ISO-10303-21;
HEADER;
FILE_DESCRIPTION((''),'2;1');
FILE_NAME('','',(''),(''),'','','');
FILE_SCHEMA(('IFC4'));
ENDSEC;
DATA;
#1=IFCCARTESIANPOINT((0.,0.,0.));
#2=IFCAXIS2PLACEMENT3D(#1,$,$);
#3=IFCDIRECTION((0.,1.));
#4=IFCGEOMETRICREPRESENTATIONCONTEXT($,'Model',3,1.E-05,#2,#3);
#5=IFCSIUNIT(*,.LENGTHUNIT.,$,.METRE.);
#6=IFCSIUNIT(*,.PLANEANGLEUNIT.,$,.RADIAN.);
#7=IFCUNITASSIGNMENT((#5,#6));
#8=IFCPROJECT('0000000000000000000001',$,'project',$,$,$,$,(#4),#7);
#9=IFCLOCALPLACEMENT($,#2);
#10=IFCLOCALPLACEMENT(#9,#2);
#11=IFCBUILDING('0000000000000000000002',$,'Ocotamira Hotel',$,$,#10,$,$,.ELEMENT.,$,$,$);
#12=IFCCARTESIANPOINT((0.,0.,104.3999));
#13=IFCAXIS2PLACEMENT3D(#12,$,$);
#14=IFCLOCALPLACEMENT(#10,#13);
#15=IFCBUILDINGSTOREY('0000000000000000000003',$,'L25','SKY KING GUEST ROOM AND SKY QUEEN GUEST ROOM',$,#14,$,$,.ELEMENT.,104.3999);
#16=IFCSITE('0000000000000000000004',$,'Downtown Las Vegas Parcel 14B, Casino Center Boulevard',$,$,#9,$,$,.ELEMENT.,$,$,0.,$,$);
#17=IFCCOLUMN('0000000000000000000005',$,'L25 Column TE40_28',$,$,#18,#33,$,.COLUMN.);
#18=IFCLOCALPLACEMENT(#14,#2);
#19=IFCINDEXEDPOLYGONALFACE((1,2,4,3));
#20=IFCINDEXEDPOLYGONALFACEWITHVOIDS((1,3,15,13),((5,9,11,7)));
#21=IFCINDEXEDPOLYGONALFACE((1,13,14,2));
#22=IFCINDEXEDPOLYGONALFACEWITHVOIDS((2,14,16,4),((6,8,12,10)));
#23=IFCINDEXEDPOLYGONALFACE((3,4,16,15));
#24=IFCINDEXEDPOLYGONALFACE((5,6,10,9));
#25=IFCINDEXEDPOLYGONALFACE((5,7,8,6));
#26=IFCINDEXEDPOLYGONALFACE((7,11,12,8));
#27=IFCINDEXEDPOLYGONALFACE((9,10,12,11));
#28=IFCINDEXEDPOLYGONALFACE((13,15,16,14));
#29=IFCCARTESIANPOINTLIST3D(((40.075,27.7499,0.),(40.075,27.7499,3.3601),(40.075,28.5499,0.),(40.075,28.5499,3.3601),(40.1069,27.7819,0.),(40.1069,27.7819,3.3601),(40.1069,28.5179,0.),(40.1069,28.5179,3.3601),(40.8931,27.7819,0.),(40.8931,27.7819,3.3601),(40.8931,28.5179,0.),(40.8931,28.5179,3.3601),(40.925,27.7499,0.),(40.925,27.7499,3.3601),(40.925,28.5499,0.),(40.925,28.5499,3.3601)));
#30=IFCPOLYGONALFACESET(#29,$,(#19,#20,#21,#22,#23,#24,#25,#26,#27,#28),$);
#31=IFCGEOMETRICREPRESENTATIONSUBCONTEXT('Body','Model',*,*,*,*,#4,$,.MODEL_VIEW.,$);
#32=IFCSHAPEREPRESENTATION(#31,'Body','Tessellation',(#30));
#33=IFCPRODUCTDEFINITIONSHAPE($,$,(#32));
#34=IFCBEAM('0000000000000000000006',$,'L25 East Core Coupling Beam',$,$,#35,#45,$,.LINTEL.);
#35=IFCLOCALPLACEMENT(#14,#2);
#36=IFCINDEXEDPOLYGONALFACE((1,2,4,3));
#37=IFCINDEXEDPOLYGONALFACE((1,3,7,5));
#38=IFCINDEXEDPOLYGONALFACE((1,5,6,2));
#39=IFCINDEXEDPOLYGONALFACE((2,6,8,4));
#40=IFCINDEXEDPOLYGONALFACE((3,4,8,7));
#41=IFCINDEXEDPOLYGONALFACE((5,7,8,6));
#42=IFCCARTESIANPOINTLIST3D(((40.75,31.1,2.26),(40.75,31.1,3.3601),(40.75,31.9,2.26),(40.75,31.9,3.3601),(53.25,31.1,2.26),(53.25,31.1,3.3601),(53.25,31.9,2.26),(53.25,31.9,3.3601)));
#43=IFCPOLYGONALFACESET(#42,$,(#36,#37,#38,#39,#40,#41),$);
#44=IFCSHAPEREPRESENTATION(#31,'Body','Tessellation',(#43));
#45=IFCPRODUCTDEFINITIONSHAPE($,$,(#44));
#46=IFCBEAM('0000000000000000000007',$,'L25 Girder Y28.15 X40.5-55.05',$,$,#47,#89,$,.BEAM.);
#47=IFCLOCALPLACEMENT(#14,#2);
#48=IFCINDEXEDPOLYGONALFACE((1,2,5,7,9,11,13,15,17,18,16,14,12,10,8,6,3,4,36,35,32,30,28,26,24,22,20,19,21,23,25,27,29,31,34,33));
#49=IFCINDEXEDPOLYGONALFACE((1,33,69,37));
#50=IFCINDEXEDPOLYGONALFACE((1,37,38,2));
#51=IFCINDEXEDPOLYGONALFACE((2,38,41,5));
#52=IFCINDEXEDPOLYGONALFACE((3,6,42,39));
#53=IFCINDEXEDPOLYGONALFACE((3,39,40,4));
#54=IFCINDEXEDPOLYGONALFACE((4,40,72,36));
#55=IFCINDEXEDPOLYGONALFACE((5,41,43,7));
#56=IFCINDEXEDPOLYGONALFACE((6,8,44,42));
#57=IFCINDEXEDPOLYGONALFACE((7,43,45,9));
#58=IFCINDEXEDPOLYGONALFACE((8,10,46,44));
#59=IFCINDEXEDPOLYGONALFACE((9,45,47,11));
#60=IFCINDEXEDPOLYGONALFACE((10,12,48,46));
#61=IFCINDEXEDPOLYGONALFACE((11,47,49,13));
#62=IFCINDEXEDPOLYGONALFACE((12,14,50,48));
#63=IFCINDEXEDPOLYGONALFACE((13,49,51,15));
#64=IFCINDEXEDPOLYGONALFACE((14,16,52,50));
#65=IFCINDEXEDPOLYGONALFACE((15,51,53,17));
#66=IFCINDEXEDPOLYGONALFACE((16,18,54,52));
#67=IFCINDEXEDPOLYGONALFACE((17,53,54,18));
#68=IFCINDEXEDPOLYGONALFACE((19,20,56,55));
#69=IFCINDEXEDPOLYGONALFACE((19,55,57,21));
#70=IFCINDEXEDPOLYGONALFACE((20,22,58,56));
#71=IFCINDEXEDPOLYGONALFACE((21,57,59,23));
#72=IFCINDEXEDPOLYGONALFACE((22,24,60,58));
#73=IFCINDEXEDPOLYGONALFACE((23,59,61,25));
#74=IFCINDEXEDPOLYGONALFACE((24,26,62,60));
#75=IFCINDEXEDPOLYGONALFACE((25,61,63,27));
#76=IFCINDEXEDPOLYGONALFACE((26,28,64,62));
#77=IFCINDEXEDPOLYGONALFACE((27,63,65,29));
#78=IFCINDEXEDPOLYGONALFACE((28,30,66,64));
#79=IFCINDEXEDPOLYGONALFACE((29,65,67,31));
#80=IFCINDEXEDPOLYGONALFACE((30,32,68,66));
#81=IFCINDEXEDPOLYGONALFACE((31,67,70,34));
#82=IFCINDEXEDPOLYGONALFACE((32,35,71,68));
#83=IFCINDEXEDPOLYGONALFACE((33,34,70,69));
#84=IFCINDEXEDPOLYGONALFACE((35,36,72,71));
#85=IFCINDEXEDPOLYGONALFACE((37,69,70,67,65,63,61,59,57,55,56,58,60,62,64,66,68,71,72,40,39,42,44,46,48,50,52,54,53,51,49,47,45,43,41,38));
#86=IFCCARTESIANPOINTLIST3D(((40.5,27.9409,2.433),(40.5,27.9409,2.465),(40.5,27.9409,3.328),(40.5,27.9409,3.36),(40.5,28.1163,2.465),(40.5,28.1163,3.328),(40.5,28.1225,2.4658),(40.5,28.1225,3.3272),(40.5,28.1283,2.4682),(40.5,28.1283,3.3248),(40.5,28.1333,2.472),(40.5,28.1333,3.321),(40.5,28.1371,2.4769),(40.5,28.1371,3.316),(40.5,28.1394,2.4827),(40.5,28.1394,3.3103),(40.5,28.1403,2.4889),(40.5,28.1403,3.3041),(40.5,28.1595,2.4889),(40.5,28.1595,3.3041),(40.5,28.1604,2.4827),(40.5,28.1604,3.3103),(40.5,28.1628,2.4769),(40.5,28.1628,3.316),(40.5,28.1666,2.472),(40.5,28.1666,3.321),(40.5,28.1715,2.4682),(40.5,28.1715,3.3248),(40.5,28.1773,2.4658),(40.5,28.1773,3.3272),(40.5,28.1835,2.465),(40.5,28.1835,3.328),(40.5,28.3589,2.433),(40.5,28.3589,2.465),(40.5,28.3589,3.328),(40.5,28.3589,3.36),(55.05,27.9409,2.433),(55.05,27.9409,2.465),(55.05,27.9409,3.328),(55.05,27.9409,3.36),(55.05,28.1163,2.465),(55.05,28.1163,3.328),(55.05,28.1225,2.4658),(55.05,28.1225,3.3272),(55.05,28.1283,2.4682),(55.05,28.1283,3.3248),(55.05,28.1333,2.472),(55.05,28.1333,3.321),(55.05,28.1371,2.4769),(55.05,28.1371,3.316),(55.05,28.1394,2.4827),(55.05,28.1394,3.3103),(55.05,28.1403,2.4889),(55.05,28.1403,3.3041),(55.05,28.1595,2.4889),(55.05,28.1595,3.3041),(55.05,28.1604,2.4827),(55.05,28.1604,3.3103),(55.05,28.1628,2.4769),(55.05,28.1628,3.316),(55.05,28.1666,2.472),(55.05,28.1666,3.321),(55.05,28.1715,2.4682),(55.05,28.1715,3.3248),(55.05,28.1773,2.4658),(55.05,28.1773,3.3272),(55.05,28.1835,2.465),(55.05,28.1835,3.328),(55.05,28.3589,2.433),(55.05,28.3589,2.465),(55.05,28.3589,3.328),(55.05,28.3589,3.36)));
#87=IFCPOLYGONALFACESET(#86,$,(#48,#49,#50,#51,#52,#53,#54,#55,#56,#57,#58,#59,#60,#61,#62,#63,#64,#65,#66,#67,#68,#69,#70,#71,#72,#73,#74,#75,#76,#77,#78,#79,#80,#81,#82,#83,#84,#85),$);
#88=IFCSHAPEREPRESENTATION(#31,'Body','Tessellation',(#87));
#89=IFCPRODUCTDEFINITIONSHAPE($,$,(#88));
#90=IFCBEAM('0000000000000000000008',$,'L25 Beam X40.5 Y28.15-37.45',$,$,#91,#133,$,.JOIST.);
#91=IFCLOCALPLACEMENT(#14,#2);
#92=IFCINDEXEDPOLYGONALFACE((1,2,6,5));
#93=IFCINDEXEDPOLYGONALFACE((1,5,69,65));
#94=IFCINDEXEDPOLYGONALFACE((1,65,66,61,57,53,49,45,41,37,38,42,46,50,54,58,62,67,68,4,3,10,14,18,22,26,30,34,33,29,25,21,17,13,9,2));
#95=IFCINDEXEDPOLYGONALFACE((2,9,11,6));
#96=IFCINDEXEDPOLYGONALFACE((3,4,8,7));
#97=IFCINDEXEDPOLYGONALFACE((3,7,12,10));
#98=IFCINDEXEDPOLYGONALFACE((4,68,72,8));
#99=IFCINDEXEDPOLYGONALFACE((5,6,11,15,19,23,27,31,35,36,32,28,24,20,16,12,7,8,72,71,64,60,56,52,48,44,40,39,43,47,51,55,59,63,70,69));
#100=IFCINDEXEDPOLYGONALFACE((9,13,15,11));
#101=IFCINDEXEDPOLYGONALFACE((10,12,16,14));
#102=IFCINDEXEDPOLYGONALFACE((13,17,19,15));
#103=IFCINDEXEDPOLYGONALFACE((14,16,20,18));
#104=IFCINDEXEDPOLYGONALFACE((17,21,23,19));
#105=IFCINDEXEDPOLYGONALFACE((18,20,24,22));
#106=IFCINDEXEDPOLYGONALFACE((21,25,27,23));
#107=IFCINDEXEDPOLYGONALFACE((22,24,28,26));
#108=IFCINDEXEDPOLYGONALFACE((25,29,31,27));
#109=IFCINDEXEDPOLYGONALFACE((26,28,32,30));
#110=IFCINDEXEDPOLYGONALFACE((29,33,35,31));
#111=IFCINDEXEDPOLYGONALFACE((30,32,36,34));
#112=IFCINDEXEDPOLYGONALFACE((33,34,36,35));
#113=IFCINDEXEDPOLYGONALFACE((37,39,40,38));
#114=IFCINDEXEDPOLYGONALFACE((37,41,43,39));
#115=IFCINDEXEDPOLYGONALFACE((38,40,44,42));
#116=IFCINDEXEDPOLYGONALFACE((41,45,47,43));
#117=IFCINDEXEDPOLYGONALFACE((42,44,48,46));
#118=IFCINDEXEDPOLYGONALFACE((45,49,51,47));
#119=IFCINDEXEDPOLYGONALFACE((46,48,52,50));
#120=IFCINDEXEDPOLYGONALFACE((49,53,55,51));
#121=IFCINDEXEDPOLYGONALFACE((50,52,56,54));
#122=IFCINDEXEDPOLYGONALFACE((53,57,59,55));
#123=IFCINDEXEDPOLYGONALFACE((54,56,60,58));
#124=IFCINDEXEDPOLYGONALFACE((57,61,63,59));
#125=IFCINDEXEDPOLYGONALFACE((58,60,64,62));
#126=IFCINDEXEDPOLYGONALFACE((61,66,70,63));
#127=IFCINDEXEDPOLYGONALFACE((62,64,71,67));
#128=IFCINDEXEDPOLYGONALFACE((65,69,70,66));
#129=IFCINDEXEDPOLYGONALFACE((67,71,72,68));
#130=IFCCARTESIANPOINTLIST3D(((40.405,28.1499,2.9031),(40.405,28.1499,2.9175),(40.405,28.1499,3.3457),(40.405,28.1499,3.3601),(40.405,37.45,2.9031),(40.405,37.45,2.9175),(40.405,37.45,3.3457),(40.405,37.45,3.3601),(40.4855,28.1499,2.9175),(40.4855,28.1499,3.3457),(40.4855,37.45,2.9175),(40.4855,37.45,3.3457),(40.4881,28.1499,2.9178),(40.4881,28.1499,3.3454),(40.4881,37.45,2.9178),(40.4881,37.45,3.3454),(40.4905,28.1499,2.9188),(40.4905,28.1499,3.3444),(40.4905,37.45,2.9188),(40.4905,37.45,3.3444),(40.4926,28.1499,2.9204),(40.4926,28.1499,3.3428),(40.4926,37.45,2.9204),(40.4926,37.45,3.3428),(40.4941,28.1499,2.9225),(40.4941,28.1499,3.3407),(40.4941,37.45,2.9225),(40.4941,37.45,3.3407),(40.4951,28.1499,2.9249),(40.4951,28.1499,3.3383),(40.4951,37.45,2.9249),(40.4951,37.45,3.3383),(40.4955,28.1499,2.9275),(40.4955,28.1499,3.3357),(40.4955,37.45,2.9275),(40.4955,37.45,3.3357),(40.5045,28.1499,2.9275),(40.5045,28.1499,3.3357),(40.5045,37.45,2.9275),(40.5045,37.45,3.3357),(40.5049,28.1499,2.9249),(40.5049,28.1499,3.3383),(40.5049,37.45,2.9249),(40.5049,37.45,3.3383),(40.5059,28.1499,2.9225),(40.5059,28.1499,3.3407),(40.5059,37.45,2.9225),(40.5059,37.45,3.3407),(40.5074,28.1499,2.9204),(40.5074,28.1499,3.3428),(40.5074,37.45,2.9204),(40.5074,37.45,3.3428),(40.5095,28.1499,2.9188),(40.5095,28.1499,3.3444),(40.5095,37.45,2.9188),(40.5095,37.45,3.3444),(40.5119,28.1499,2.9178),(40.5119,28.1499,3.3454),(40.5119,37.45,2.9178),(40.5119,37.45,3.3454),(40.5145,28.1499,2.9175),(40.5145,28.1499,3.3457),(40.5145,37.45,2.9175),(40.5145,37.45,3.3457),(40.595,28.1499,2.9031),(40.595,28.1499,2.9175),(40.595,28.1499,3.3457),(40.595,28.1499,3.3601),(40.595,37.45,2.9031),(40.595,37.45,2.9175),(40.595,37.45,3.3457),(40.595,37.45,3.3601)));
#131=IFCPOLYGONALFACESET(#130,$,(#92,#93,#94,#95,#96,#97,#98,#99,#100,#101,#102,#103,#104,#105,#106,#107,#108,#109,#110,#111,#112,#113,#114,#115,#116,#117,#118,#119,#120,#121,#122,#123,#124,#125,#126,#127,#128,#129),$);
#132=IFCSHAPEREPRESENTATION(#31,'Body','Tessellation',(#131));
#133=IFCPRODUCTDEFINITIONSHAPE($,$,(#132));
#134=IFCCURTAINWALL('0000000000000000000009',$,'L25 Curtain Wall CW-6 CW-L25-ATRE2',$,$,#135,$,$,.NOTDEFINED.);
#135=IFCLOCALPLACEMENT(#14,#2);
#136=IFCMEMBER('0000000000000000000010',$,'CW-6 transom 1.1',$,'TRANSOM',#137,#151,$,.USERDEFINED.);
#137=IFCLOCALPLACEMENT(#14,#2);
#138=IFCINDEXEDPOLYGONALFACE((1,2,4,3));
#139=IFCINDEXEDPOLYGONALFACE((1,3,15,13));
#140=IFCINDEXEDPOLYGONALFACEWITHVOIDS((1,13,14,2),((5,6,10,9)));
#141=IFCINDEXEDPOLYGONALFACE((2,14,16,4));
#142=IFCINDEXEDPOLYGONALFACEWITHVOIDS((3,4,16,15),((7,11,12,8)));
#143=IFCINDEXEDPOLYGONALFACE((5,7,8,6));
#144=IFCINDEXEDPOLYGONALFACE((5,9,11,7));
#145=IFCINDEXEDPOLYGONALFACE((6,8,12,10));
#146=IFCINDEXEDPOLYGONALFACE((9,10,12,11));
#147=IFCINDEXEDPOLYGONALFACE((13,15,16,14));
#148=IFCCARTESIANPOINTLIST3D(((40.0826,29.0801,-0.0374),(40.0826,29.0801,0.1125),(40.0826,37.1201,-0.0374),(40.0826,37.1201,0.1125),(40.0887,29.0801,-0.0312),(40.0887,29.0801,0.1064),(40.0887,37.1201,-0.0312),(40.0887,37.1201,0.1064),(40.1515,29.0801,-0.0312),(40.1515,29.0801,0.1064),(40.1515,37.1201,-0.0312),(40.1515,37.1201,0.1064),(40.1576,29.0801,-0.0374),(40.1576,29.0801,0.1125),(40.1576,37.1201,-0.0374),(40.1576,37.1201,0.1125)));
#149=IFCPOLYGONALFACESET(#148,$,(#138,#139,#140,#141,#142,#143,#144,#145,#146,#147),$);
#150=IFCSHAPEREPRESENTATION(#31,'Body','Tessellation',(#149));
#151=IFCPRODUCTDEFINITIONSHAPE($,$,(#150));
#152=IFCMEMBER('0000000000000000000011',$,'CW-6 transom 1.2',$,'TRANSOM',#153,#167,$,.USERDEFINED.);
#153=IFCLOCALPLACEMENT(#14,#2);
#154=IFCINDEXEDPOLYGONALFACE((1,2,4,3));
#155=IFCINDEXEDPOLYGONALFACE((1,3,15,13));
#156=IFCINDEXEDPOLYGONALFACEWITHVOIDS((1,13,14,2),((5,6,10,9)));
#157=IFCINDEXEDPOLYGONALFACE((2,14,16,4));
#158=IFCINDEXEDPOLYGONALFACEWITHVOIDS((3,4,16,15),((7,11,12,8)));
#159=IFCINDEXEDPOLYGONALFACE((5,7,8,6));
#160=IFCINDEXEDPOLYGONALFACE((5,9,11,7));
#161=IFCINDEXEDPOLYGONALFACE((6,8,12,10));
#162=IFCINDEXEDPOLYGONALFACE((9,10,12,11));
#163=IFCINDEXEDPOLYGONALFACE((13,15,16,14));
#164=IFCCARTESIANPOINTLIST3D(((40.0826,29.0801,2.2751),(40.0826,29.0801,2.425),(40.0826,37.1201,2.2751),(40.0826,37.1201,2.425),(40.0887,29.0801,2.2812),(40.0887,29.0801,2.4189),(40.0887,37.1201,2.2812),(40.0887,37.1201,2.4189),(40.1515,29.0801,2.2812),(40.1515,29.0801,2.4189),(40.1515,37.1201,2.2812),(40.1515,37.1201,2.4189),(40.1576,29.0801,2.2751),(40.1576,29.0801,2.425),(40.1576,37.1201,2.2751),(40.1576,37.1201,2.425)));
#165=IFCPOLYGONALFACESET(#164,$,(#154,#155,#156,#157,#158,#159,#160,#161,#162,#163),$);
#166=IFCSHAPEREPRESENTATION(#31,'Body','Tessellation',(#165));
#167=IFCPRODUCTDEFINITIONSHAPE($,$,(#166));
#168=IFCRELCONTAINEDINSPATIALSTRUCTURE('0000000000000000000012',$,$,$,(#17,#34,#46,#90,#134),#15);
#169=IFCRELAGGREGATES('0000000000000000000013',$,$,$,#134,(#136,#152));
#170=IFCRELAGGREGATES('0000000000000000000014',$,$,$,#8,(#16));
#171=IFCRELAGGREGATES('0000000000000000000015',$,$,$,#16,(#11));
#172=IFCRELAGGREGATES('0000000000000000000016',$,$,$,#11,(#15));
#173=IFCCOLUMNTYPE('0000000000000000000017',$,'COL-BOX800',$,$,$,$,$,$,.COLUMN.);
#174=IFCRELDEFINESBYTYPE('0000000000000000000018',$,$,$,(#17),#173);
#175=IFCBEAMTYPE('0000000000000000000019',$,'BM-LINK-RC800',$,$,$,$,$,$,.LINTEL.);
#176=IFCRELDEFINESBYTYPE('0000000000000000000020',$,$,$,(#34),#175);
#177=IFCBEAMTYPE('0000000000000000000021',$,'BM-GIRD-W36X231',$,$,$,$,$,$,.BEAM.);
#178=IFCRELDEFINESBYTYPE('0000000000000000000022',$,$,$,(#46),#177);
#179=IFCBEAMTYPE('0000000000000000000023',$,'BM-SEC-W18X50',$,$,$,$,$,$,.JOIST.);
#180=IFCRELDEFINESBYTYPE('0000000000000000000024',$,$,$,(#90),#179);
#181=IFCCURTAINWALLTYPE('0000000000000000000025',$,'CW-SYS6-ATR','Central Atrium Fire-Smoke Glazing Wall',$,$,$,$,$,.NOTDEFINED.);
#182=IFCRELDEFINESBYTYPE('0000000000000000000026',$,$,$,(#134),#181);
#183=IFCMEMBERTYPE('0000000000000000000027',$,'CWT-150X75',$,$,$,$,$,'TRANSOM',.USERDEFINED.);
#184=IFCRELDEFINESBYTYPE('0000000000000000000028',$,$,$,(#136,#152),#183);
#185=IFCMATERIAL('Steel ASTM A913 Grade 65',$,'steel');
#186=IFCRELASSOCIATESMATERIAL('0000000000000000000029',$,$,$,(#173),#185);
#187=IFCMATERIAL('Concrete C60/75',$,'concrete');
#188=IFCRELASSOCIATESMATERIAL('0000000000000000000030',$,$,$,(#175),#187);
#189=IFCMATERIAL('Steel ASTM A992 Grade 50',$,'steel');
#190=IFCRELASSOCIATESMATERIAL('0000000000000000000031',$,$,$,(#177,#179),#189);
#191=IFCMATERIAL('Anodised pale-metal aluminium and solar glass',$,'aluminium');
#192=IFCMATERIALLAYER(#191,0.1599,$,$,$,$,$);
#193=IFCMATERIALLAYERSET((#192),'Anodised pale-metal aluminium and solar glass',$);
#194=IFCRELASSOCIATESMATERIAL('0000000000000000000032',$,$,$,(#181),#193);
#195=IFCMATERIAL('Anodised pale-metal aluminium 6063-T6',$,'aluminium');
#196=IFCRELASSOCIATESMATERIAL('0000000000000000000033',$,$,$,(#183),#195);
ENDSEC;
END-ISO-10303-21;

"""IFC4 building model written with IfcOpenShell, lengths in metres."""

from ifc_helpers import new_model, si_unit, direction, frame, origin, origin_2d, place, context, subcontext, project, spatial, rectangle, hollow_rectangle, i_section, extrude, source, transform, mapped, material, layer, layer_set, material_profile, profile_set, type_object, element, aggregate, save


model = new_model("IFC4")

# Units and contexts
model_context = context("Model", 3, precision=1e-05, world=origin(), true_north=direction((0.0, 1.0)))
body_context = subcontext(model_context, "Body", "Model", "MODEL_VIEW")
ifc_project = project(units=[si_unit("LENGTHUNIT", "METRE"), si_unit("PLANEANGLEUNIT", "RADIAN")], contexts=[model_context])

# Site, building, storey
site_placement = place(None, origin())
site = spatial("IfcSite", under=ifc_project, at=site_placement, Name="Downtown Las Vegas Parcel 14B, Casino Center Boulevard", CompositionType="ELEMENT", RefElevation=0.0)
building_placement = place(site_placement, origin())
building = spatial("IfcBuilding", under=site, at=building_placement, Name="Ocotamira Hotel", CompositionType="ELEMENT")
storey_placement = place(building_placement, frame((0.0, 0.0, 104.3999)))
storey = spatial("IfcBuildingStorey", under=building, at=storey_placement, Name="L25", Description="SKY KING GUEST ROOM AND SKY QUEEN GUEST ROOM", CompositionType="ELEMENT", Elevation=104.3999)

# Column
ifc_material_1 = material(Name="Steel ASTM A913 Grade 65", Category="steel")
ifc_material_profile_1 = material_profile(ifc_material_1, hollow_rectangle(XDim=0.8501, YDim=0.8, WallThickness=0.032, at=origin_2d()), Name="BOX800X850X32")
ifc_profile_set_1 = profile_set([ifc_material_profile_1], Name="Steel ASTM A913 Grade 65")
column_type = type_object("IfcColumnType", Name="COL-BOX800", PredefinedType="COLUMN", material=ifc_profile_set_1)
shared_shape_1 = source(origin(), body_context, "Body", "SweptSolid", [
    extrude(hollow_rectangle(XDim=0.8501, YDim=0.8, WallThickness=0.032, at=origin_2d()), origin(), (0.0, 0.0, 1.0), 3.3601),
])
column_placement = place(storey_placement, frame((40.5, 28.1499, 0.0), z_axis=(0.0, 0.0, 1.0), x_axis=(1.0, 0.0, 0.0)))
element("IfcColumn", 1, at=column_placement, inside=storey, type_object=column_type, Name="L25 Column TE40_28", PredefinedType="COLUMN", context=body_context, shape_type="MappedRepresentation", body=[
    mapped(shared_shape_1, transform((0.0, 0.0, 0.0), scale=1.0)),
])

# Beams
ifc_material_2 = material(Name="Concrete C60/75", Category="concrete")
ifc_material_profile_2 = material_profile(ifc_material_2, rectangle(XDim=0.8, YDim=1.1001, at=origin_2d()), Name="RC800X1100")
ifc_profile_set_2 = profile_set([ifc_material_profile_2], Name="Concrete C60/75")
beam_type_1 = type_object("IfcBeamType", Name="BM-LINK-RC800", PredefinedType="LINTEL", material=ifc_profile_set_2)
shared_shape_2 = source(origin(), body_context, "Body", "SweptSolid", [
    extrude(rectangle(XDim=0.8, YDim=1.1001, at=origin_2d()), origin(), (0.0, 0.0, 1.0), 12.5),
])
beam_1_placement = place(storey_placement, frame((40.75, 31.5, 2.8101), z_axis=(1.0, 0.0, 0.0), x_axis=(0.0, 1.0, 0.0)))
element("IfcBeam", 2, at=beam_1_placement, inside=storey, type_object=beam_type_1, Name="L25 East Core Coupling Beam", PredefinedType="LINTEL", context=body_context, shape_type="MappedRepresentation", body=[
    mapped(shared_shape_2, transform((0.0, 0.0, 0.0), scale=1.0)),
])
ifc_material_3 = material(Name="Steel ASTM A992 Grade 50", Category="steel")
ifc_material_profile_3 = material_profile(ifc_material_3, i_section(OverallWidth=0.418, OverallDepth=0.927, WebThickness=0.0193, FlangeThickness=0.032, FilletRadius=0.0239, at=origin_2d()), Name="W36X231")
ifc_profile_set_3 = profile_set([ifc_material_profile_3], Name="Steel ASTM A992 Grade 50")
beam_type_2 = type_object("IfcBeamType", Name="BM-GIRD-W36X231", PredefinedType="BEAM", material=ifc_profile_set_3)
shared_shape_3 = source(origin(), body_context, "Body", "SweptSolid", [
    extrude(i_section(OverallWidth=0.418, OverallDepth=0.927, WebThickness=0.0193, FlangeThickness=0.032, FilletRadius=0.0239, at=origin_2d()), origin(), (0.0, 0.0, 1.0), 14.55),
])
beam_2_placement = place(storey_placement, frame((40.5, 28.1499, 2.8965), z_axis=(1.0, 0.0, 0.0), x_axis=(0.0, 1.0, 0.0)))
element("IfcBeam", 3, at=beam_2_placement, inside=storey, type_object=beam_type_2, Name="L25 Girder Y28.15 X40.5-55.05", PredefinedType="BEAM", context=body_context, shape_type="MappedRepresentation", body=[
    mapped(shared_shape_3, transform((0.0, 0.0, 0.0), scale=1.0)),
])
ifc_material_profile_4 = material_profile(ifc_material_3, i_section(OverallWidth=0.1899, OverallDepth=0.457, WebThickness=0.009, FlangeThickness=0.0144, FilletRadius=0.01, at=origin_2d()), Name="W18X50")
ifc_profile_set_4 = profile_set([ifc_material_profile_4], Name="Steel ASTM A992 Grade 50")
beam_type_3 = type_object("IfcBeamType", Name="BM-SEC-W18X50", PredefinedType="JOIST", material=ifc_profile_set_4)
shared_shape_4 = source(origin(), body_context, "Body", "SweptSolid", [
    extrude(i_section(OverallWidth=0.1899, OverallDepth=0.457, WebThickness=0.009, FlangeThickness=0.0144, FilletRadius=0.01, at=origin_2d()), origin(), (0.0, 0.0, 1.0), 9.3),
])
beam_3_placement = place(storey_placement, frame((40.5, 28.1499, 3.1316), z_axis=(0.0, 1.0, 0.0), x_axis=(-1.0, 0.0, 0.0)))
element("IfcBeam", 4, at=beam_3_placement, inside=storey, type_object=beam_type_3, Name="L25 Beam X40.5 Y28.15-37.45", PredefinedType="JOIST", context=body_context, shape_type="MappedRepresentation", body=[
    mapped(shared_shape_4, transform((0.0, 0.0, 0.0), scale=1.0)),
])

# Curtain wall, members
ifc_material_4 = material(Name="Anodised pale-metal aluminium and solar glass", Category="aluminium")
ifc_layer_1 = layer(ifc_material_4, 0.1599)
ifc_layer_set_1 = layer_set([ifc_layer_1], Name="Anodised pale-metal aluminium and solar glass")
curtain_wall_type = type_object("IfcCurtainWallType", Name="CW-SYS6-ATR", Description="Central Atrium Fire-Smoke Glazing Wall", PredefinedType="NOTDEFINED", material=ifc_layer_set_1)
curtain_wall_1_placement = place(storey_placement, origin())
curtain_wall_1 = element("IfcCurtainWall", 5, at=curtain_wall_1_placement, inside=storey, type_object=curtain_wall_type, Name="L25 Curtain Wall CW-6 CW-L25-ATRE2", PredefinedType="NOTDEFINED")
ifc_material_5 = material(Name="Anodised pale-metal aluminium 6063-T6", Category="aluminium")
ifc_material_profile_5 = material_profile(ifc_material_5, hollow_rectangle(XDim=0.075, YDim=0.1499, WallThickness=0.0061, at=origin_2d()), Name="HSS150X75X6")
ifc_profile_set_5 = profile_set([ifc_material_profile_5], Name="Anodised pale-metal aluminium 6063-T6")
member_type_1 = type_object("IfcMemberType", Name="CWT-150X75", ElementType="TRANSOM", PredefinedType="USERDEFINED", material=ifc_profile_set_5)
shared_shape_5 = source(origin(), body_context, "Body", "SweptSolid", [
    extrude(hollow_rectangle(XDim=0.075, YDim=0.1499, WallThickness=0.0061, at=origin_2d()), origin(), (0.0, 0.0, 1.0), 8.04),
])
member_1_placement = place(storey_placement, frame((40.1201, 29.0801, 0.0376), z_axis=(0.0, 1.0, 0.0), x_axis=(-1.0, 0.0, 0.0)))
member_1 = element("IfcMember", 6, at=member_1_placement, type_object=member_type_1, Name="CW-6 transom 1.1", ObjectType="TRANSOM", PredefinedType="USERDEFINED", context=body_context, shape_type="MappedRepresentation", body=[
    mapped(shared_shape_5, transform((0.0, 0.0, 0.0), scale=1.0)),
])
member_2_placement = place(storey_placement, frame((40.1201, 29.0801, 2.3501), z_axis=(0.0, 1.0, 0.0), x_axis=(-1.0, 0.0, 0.0)))
member_2 = element("IfcMember", 7, at=member_2_placement, type_object=member_type_1, Name="CW-6 transom 1.2", ObjectType="TRANSOM", PredefinedType="USERDEFINED", context=body_context, shape_type="MappedRepresentation", body=[
    mapped(shared_shape_5, transform((0.0, 0.0, 0.0), scale=1.0)),
])

aggregate(curtain_wall_1, [member_1, member_2])

save(model, "model.ifc")
